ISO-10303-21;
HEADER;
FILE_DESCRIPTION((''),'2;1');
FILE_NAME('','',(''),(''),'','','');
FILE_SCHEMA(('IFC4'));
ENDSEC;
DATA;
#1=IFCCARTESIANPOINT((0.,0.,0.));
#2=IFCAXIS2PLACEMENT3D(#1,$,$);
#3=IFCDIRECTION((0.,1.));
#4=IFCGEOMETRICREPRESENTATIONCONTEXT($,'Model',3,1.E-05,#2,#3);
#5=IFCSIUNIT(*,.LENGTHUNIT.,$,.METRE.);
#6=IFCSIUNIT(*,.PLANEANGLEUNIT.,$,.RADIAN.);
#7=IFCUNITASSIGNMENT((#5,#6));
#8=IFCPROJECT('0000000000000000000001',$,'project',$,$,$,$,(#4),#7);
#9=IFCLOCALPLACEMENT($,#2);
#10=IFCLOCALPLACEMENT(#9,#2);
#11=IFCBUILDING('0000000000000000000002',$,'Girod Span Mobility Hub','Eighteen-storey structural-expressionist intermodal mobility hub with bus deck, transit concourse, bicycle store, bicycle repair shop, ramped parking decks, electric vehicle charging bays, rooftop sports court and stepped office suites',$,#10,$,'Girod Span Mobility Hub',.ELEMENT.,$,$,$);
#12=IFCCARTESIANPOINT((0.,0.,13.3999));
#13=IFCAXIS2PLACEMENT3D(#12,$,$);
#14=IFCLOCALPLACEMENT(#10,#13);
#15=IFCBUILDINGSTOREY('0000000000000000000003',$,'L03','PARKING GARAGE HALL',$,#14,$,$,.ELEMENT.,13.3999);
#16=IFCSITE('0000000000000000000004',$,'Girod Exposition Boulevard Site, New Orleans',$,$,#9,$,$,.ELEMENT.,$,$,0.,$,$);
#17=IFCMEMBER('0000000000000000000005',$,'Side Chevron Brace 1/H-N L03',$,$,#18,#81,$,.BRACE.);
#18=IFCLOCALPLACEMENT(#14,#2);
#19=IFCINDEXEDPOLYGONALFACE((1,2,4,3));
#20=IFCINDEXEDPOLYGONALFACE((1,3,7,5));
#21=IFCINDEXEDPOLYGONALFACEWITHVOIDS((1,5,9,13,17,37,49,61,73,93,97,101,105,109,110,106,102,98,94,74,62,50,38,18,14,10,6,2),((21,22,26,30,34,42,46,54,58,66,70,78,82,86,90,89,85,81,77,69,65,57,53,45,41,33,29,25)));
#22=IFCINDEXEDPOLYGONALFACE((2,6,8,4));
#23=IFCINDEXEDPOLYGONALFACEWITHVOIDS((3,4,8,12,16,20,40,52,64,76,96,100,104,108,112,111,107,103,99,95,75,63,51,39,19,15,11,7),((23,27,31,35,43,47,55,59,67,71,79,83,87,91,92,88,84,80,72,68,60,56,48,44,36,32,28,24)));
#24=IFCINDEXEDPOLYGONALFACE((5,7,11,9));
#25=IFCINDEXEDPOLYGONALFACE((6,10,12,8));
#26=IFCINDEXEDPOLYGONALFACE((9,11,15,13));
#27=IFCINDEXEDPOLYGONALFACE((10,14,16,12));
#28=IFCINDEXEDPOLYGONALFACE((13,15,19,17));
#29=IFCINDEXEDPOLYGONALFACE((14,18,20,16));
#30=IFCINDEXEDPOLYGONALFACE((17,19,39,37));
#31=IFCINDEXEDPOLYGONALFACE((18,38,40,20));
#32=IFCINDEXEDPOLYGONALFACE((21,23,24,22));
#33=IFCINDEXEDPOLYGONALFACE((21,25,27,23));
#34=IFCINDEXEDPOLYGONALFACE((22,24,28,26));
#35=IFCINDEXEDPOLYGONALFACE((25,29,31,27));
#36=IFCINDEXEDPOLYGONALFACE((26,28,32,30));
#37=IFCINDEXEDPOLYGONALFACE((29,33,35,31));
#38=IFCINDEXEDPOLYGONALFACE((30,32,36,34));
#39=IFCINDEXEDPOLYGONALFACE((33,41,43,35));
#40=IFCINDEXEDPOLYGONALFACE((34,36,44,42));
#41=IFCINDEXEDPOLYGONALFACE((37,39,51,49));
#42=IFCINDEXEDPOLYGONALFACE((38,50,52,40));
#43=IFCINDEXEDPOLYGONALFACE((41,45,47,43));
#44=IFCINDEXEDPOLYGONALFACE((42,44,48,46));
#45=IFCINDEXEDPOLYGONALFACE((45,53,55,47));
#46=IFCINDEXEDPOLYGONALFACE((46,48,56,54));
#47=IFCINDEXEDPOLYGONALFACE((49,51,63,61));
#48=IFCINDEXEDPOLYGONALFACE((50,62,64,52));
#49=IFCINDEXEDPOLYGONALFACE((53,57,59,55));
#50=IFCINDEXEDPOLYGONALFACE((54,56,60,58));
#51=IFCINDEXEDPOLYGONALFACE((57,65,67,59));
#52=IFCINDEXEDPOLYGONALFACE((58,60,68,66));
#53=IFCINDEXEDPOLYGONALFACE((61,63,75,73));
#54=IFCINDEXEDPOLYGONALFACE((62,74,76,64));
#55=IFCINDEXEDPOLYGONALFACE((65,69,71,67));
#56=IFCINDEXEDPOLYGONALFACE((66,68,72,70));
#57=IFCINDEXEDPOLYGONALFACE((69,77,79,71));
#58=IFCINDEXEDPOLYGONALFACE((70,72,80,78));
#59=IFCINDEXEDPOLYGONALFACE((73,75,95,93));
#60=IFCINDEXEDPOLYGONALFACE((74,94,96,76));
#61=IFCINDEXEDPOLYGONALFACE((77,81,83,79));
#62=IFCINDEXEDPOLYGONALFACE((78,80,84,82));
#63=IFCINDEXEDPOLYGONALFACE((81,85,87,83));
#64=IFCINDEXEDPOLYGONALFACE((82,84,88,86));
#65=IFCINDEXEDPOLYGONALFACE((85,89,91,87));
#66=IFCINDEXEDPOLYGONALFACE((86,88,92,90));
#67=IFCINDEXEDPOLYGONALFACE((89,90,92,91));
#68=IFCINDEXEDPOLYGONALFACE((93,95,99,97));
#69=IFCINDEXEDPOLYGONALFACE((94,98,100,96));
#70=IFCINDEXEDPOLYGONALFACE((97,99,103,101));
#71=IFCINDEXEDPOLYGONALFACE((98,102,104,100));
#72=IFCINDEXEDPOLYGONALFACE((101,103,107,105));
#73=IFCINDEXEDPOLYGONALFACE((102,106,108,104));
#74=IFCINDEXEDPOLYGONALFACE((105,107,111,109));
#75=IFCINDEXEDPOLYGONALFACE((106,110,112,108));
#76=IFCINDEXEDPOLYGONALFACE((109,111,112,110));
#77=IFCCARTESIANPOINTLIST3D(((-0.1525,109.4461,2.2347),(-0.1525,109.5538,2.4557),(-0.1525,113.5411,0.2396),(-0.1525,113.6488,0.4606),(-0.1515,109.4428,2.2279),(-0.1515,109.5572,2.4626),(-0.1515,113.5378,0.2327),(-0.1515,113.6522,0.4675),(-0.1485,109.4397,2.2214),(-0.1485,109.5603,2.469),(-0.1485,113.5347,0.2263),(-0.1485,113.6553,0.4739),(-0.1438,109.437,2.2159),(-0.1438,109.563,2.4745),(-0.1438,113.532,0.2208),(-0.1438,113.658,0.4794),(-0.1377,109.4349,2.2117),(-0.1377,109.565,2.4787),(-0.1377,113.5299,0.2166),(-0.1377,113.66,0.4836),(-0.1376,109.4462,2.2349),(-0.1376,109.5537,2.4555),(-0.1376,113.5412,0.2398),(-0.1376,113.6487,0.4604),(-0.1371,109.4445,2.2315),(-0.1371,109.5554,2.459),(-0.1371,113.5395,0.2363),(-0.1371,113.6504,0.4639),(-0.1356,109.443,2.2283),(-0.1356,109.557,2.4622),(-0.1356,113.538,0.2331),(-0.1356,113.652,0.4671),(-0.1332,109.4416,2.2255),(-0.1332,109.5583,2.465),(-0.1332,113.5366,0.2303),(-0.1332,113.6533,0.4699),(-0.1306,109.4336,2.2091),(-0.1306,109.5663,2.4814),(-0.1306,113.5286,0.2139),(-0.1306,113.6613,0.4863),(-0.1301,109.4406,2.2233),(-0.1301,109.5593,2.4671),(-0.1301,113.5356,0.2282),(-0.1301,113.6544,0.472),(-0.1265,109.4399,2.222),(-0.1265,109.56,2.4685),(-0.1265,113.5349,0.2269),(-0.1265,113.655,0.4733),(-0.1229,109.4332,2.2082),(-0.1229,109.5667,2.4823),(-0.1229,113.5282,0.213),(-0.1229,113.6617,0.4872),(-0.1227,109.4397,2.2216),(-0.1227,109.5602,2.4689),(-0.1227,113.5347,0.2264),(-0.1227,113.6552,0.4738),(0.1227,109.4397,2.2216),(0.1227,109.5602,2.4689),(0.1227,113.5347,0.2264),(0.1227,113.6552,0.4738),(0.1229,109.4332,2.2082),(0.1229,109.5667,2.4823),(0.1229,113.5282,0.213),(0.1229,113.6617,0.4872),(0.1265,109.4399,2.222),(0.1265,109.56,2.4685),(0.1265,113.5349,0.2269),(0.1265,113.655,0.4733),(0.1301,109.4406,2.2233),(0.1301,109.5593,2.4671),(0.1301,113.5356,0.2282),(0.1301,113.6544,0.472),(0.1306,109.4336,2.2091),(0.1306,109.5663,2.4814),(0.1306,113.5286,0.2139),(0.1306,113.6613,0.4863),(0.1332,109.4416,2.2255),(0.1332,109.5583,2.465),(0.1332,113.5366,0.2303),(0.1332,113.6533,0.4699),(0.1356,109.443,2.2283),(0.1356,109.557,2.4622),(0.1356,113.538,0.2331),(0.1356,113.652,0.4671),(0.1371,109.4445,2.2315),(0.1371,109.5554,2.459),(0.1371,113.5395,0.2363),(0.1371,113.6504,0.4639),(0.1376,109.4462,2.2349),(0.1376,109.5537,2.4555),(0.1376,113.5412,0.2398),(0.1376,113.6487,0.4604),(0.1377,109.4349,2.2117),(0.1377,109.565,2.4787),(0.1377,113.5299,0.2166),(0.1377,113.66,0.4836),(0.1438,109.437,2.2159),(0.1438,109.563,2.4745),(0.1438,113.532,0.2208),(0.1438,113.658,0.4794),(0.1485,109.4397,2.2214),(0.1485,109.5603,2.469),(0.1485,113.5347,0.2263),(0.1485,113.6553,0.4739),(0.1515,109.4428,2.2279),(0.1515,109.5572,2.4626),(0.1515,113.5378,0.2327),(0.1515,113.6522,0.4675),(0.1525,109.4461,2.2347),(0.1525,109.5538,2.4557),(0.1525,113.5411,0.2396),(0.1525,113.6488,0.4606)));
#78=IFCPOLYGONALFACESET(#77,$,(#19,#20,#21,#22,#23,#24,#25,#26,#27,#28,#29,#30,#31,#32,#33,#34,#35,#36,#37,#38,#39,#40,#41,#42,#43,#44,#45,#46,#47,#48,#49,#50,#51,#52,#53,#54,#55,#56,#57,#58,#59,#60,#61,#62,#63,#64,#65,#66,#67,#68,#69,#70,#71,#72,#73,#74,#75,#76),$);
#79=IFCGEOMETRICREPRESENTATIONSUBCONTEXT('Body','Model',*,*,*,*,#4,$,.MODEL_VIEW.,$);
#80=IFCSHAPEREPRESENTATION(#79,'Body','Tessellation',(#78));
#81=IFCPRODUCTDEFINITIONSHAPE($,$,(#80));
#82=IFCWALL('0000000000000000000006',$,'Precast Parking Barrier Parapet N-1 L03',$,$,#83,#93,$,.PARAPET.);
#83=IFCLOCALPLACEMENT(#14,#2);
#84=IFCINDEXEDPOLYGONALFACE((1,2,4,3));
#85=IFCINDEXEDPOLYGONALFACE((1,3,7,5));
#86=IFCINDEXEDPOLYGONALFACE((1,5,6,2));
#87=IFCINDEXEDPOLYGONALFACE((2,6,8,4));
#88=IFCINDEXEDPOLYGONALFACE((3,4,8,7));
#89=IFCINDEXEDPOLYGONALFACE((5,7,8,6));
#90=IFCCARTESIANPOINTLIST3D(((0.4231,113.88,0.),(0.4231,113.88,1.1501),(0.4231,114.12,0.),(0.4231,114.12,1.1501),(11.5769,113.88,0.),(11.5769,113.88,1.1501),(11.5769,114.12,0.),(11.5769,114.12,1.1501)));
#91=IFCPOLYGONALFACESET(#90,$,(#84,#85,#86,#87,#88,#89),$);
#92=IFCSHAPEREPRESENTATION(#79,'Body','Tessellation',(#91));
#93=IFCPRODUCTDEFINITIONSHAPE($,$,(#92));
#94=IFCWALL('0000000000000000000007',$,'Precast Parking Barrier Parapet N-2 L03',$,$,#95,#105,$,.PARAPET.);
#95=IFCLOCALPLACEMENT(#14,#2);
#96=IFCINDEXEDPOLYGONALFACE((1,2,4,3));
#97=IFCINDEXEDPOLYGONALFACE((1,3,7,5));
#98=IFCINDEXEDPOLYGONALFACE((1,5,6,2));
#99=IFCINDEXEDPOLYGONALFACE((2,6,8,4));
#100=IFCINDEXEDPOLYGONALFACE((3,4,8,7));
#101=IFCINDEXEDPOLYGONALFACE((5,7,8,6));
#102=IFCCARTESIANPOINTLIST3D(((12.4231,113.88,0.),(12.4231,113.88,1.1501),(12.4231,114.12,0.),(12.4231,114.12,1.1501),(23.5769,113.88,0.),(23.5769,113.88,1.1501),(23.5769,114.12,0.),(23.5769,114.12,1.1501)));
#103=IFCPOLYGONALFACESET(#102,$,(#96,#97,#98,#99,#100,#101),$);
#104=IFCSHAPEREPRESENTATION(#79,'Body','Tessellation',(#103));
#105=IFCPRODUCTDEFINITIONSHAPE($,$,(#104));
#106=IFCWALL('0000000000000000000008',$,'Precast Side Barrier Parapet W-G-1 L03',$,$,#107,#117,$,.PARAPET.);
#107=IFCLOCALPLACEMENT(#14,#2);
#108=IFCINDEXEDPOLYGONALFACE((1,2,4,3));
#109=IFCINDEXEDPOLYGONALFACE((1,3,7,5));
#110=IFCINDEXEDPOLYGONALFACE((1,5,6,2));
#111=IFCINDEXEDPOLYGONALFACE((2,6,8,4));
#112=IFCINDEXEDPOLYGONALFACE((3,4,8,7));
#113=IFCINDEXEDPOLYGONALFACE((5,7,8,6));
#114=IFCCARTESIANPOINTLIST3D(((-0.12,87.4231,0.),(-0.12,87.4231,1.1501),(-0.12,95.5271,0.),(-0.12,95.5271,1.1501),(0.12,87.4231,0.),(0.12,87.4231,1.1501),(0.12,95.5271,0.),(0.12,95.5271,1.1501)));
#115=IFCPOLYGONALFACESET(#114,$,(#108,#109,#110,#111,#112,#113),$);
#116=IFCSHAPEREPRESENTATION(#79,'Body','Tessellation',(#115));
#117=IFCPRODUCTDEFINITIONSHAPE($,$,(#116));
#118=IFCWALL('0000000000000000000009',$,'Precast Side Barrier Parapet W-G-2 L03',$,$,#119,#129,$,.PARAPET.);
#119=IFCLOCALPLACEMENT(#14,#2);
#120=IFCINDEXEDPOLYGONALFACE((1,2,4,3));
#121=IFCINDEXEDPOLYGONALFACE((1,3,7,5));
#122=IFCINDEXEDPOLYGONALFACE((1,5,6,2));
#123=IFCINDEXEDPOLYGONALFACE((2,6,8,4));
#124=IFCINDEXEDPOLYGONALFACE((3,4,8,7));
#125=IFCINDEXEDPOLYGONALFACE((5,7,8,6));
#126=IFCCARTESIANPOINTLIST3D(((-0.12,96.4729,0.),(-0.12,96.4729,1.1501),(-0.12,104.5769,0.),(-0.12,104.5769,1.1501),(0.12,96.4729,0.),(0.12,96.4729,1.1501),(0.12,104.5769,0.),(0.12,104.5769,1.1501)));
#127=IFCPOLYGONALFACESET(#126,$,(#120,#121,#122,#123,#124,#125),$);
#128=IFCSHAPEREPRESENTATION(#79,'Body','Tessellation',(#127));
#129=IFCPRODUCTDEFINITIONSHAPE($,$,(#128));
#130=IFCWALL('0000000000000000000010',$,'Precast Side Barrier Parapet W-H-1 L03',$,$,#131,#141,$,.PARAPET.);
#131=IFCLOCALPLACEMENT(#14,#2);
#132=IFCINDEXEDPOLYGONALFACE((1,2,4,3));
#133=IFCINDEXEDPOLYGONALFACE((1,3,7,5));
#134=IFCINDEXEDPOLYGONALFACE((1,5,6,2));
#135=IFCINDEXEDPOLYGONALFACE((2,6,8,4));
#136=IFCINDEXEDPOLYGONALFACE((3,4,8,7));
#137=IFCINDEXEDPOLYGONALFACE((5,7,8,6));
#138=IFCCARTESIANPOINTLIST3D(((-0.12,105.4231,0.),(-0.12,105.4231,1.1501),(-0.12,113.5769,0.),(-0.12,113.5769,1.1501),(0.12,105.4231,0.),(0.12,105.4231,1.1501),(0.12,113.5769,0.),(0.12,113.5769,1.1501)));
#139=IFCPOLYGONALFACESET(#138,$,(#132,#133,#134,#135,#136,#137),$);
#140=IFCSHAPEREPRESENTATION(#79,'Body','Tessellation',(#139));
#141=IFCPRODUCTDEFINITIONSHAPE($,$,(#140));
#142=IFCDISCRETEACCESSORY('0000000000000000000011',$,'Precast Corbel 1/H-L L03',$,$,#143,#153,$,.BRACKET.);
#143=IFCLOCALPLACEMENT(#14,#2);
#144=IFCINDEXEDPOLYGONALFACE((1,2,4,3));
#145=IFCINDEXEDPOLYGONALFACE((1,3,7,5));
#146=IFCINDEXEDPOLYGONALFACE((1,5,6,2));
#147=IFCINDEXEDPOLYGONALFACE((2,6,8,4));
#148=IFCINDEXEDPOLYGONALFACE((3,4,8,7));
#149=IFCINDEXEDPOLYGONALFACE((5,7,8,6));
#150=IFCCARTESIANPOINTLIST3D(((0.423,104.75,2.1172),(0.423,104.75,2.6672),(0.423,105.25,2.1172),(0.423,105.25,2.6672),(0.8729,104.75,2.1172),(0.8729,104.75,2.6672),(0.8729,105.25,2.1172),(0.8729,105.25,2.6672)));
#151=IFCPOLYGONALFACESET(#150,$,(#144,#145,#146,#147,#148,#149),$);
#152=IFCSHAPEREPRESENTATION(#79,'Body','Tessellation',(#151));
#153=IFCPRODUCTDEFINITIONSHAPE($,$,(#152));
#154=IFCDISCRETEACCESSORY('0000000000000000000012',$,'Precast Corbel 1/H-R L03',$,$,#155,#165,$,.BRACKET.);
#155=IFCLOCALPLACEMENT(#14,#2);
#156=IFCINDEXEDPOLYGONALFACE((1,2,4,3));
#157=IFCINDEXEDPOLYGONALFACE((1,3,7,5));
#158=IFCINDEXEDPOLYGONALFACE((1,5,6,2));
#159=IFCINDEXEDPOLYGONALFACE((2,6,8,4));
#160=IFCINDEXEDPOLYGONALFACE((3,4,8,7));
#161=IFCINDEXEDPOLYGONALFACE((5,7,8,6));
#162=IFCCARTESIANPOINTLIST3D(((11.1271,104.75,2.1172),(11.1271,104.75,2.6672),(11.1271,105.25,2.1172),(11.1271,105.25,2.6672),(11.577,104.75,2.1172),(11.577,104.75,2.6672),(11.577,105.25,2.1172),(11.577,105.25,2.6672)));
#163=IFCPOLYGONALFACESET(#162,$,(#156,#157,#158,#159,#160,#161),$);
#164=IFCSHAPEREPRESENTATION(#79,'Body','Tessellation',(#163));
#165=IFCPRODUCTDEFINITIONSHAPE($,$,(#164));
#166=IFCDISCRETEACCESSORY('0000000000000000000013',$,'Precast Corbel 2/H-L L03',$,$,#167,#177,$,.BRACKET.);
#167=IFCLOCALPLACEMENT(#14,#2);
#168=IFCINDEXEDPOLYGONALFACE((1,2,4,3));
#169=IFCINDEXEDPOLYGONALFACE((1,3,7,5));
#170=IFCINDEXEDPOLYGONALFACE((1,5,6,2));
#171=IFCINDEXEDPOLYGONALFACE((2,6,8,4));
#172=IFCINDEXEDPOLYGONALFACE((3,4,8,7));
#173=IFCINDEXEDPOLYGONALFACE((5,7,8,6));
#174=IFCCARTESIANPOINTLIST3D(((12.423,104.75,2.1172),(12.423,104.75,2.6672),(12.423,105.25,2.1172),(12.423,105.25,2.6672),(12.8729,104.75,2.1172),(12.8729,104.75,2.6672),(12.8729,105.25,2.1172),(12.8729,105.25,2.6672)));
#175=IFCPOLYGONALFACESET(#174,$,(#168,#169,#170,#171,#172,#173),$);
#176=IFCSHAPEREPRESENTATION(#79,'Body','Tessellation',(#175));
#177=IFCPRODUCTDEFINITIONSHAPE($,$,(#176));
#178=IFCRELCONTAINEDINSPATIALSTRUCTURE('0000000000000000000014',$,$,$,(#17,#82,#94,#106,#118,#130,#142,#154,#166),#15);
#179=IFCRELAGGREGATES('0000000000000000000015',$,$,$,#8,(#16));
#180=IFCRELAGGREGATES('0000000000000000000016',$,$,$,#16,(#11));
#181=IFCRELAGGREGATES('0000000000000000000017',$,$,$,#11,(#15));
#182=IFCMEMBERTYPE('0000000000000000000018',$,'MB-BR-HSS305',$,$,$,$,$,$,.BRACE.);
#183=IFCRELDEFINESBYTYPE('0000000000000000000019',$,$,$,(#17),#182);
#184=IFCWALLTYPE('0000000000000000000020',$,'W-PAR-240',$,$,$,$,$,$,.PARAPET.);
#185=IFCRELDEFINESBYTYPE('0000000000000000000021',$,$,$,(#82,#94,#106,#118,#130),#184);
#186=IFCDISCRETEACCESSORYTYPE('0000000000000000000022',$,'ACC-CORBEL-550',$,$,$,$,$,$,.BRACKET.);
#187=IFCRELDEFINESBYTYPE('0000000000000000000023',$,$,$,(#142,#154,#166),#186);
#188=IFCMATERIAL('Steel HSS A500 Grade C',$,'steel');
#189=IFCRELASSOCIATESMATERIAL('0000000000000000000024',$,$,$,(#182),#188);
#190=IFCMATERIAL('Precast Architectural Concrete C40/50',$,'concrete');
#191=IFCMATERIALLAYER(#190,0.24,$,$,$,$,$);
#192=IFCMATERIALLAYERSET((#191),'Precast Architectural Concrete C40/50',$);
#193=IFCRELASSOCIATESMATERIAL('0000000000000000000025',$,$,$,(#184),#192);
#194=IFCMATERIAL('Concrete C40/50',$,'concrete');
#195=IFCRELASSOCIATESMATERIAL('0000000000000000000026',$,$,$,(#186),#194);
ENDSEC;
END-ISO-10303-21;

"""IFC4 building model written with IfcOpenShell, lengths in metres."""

from ifc_helpers import new_model, si_unit, direction, frame, frame_2d, origin, origin_2d, place, context, subcontext, project, spatial, rectangle, hollow_rectangle, extrude, material, layer, layer_set, material_profile, profile_set, type_object, element, save


model = new_model("IFC4")

# Units and contexts
model_context = context("Model", 3, precision=1e-05, world=origin(), true_north=direction((0.0, 1.0)))
body_context = subcontext(model_context, "Body", "Model", "MODEL_VIEW")
ifc_project = project(units=[si_unit("LENGTHUNIT", "METRE"), si_unit("PLANEANGLEUNIT", "RADIAN")], contexts=[model_context])

# Site, building, storey
site_placement = place(None, origin())
site = spatial("IfcSite", under=ifc_project, at=site_placement, Name="Girod Exposition Boulevard Site, New Orleans", CompositionType="ELEMENT", RefElevation=0.0)
building_placement = place(site_placement, origin())
building = spatial("IfcBuilding", under=site, at=building_placement, Name="Girod Span Mobility Hub", Description="Eighteen-storey structural-expressionist intermodal mobility hub with bus deck, transit concourse, bicycle store, bicycle repair shop, ramped parking decks, electric vehicle charging bays, rooftop sports court and stepped office suites", LongName="Girod Span Mobility Hub", CompositionType="ELEMENT")
storey_placement = place(building_placement, frame((0.0, 0.0, 13.3999)))
storey = spatial("IfcBuildingStorey", under=building, at=storey_placement, Name="L03", Description="PARKING GARAGE HALL", CompositionType="ELEMENT", Elevation=13.3999)

# Member
ifc_material_1 = material(Name="Steel HSS A500 Grade C", Category="steel")
ifc_material_profile_1 = material_profile(ifc_material_1, hollow_rectangle(XDim=0.3049, YDim=0.3049, WallThickness=0.0149, InnerFilletRadius=0.0149, OuterFilletRadius=0.0295, at=origin_2d()), Name="HSS305X305X16")
ifc_profile_set_1 = profile_set([ifc_material_profile_1], Name="Steel HSS A500 Grade C")
member_type = type_object("IfcMemberType", Name="MB-BR-HSS305", PredefinedType="BRACE", material=ifc_profile_set_1)
for number, where, z_axis, x_axis, name in (
    (1, (0.0, 113.595, 0.3501), (0.0, -0.898979, 0.437993), (1.0, 0.0, 0.0), "Side Chevron Brace 1/H-N L03"),
):
    element("IfcMember", number, at=place(storey_placement, frame(where, z_axis=z_axis, x_axis=x_axis)), inside=storey, type_object=member_type, Name=name, PredefinedType="BRACE", context=body_context, shape_type="SweptSolid", body=[
        extrude(hollow_rectangle(XDim=0.3049, YDim=0.3049, WallThickness=0.0149, InnerFilletRadius=0.0149, OuterFilletRadius=0.0295, at=origin_2d()), origin(), (0.0, 0.0, 1.0), 4.5552),
    ])

# Walls
ifc_material_2 = material(Name="Precast Architectural Concrete C40/50", Category="concrete")
ifc_layer = layer(ifc_material_2, 0.24)
ifc_layer_set = layer_set([ifc_layer], Name="Precast Architectural Concrete C40/50")
wall_type = type_object("IfcWallType", Name="W-PAR-240", PredefinedType="PARAPET", material=ifc_layer_set)
for number, where, z_axis, x_axis, name in (
    (2, (0.4231, 114.0, 0.0), (0.0, 0.0, 1.0), (1.0, 0.0, 0.0), "Precast Parking Barrier Parapet N-1 L03"),
    (3, (12.4231, 114.0, 0.0), (0.0, 0.0, 1.0), (1.0, 0.0, 0.0), "Precast Parking Barrier Parapet N-2 L03"),
):
    element("IfcWall", number, at=place(storey_placement, frame(where, z_axis=z_axis, x_axis=x_axis)), inside=storey, type_object=wall_type, Name=name, PredefinedType="PARAPET", context=body_context, shape_type="SweptSolid", body=[
        extrude(rectangle(XDim=11.1538, YDim=0.24, at=frame_2d((5.5769, 0.0))), origin(), (0.0, 0.0, 1.0), 1.1501),
    ])
for number, where, z_axis, x_axis, name in (
    (4, (0.0, 87.4231, 0.0), (0.0, 0.0, 1.0), (0.0, 1.0, 0.0), "Precast Side Barrier Parapet W-G-1 L03"),
    (5, (0.0, 96.4729, 0.0), (0.0, 0.0, 1.0), (0.0, 1.0, 0.0), "Precast Side Barrier Parapet W-G-2 L03"),
):
    element("IfcWall", number, at=place(storey_placement, frame(where, z_axis=z_axis, x_axis=x_axis)), inside=storey, type_object=wall_type, Name=name, PredefinedType="PARAPET", context=body_context, shape_type="SweptSolid", body=[
        extrude(rectangle(XDim=8.104, YDim=0.24, at=frame_2d((4.052, 0.0))), origin(), (0.0, 0.0, 1.0), 1.1501),
    ])
wall_placement = place(storey_placement, frame((0.0, 105.4231, 0.0), z_axis=(0.0, 0.0, 1.0), x_axis=(0.0, 1.0, 0.0)))
element("IfcWall", 6, at=wall_placement, inside=storey, type_object=wall_type, Name="Precast Side Barrier Parapet W-H-1 L03", PredefinedType="PARAPET", context=body_context, shape_type="SweptSolid", body=[
    extrude(rectangle(XDim=8.1538, YDim=0.24, at=frame_2d((4.0769, 0.0))), origin(), (0.0, 0.0, 1.0), 1.1501),
])

# Discrete accessories
ifc_material_3 = material(Name="Concrete C40/50", Category="concrete")
discrete_accessory_type = type_object("IfcDiscreteAccessoryType", Name="ACC-CORBEL-550", PredefinedType="BRACKET", material=ifc_material_3)
for number, where, z_axis, x_axis, name in (
    (7, (0.6479, 105.0, 2.1172), (0.0, 0.0, 1.0), (1.0, 0.0, 0.0), "Precast Corbel 1/H-L L03"),
    (8, (11.3521, 105.0, 2.1172), (0.0, 0.0, 1.0), (1.0, 0.0, 0.0), "Precast Corbel 1/H-R L03"),
    (9, (12.6479, 105.0, 2.1172), (0.0, 0.0, 1.0), (1.0, 0.0, 0.0), "Precast Corbel 2/H-L L03"),
):
    element("IfcDiscreteAccessory", number, at=place(storey_placement, frame(where, z_axis=z_axis, x_axis=x_axis)), inside=storey, type_object=discrete_accessory_type, Name=name, PredefinedType="BRACKET", context=body_context, shape_type="SweptSolid", body=[
        extrude(rectangle(XDim=0.45, YDim=0.5, at=origin_2d()), origin(), (0.0, 0.0, 1.0), 0.55),
    ])

save(model, "model.ifc")
